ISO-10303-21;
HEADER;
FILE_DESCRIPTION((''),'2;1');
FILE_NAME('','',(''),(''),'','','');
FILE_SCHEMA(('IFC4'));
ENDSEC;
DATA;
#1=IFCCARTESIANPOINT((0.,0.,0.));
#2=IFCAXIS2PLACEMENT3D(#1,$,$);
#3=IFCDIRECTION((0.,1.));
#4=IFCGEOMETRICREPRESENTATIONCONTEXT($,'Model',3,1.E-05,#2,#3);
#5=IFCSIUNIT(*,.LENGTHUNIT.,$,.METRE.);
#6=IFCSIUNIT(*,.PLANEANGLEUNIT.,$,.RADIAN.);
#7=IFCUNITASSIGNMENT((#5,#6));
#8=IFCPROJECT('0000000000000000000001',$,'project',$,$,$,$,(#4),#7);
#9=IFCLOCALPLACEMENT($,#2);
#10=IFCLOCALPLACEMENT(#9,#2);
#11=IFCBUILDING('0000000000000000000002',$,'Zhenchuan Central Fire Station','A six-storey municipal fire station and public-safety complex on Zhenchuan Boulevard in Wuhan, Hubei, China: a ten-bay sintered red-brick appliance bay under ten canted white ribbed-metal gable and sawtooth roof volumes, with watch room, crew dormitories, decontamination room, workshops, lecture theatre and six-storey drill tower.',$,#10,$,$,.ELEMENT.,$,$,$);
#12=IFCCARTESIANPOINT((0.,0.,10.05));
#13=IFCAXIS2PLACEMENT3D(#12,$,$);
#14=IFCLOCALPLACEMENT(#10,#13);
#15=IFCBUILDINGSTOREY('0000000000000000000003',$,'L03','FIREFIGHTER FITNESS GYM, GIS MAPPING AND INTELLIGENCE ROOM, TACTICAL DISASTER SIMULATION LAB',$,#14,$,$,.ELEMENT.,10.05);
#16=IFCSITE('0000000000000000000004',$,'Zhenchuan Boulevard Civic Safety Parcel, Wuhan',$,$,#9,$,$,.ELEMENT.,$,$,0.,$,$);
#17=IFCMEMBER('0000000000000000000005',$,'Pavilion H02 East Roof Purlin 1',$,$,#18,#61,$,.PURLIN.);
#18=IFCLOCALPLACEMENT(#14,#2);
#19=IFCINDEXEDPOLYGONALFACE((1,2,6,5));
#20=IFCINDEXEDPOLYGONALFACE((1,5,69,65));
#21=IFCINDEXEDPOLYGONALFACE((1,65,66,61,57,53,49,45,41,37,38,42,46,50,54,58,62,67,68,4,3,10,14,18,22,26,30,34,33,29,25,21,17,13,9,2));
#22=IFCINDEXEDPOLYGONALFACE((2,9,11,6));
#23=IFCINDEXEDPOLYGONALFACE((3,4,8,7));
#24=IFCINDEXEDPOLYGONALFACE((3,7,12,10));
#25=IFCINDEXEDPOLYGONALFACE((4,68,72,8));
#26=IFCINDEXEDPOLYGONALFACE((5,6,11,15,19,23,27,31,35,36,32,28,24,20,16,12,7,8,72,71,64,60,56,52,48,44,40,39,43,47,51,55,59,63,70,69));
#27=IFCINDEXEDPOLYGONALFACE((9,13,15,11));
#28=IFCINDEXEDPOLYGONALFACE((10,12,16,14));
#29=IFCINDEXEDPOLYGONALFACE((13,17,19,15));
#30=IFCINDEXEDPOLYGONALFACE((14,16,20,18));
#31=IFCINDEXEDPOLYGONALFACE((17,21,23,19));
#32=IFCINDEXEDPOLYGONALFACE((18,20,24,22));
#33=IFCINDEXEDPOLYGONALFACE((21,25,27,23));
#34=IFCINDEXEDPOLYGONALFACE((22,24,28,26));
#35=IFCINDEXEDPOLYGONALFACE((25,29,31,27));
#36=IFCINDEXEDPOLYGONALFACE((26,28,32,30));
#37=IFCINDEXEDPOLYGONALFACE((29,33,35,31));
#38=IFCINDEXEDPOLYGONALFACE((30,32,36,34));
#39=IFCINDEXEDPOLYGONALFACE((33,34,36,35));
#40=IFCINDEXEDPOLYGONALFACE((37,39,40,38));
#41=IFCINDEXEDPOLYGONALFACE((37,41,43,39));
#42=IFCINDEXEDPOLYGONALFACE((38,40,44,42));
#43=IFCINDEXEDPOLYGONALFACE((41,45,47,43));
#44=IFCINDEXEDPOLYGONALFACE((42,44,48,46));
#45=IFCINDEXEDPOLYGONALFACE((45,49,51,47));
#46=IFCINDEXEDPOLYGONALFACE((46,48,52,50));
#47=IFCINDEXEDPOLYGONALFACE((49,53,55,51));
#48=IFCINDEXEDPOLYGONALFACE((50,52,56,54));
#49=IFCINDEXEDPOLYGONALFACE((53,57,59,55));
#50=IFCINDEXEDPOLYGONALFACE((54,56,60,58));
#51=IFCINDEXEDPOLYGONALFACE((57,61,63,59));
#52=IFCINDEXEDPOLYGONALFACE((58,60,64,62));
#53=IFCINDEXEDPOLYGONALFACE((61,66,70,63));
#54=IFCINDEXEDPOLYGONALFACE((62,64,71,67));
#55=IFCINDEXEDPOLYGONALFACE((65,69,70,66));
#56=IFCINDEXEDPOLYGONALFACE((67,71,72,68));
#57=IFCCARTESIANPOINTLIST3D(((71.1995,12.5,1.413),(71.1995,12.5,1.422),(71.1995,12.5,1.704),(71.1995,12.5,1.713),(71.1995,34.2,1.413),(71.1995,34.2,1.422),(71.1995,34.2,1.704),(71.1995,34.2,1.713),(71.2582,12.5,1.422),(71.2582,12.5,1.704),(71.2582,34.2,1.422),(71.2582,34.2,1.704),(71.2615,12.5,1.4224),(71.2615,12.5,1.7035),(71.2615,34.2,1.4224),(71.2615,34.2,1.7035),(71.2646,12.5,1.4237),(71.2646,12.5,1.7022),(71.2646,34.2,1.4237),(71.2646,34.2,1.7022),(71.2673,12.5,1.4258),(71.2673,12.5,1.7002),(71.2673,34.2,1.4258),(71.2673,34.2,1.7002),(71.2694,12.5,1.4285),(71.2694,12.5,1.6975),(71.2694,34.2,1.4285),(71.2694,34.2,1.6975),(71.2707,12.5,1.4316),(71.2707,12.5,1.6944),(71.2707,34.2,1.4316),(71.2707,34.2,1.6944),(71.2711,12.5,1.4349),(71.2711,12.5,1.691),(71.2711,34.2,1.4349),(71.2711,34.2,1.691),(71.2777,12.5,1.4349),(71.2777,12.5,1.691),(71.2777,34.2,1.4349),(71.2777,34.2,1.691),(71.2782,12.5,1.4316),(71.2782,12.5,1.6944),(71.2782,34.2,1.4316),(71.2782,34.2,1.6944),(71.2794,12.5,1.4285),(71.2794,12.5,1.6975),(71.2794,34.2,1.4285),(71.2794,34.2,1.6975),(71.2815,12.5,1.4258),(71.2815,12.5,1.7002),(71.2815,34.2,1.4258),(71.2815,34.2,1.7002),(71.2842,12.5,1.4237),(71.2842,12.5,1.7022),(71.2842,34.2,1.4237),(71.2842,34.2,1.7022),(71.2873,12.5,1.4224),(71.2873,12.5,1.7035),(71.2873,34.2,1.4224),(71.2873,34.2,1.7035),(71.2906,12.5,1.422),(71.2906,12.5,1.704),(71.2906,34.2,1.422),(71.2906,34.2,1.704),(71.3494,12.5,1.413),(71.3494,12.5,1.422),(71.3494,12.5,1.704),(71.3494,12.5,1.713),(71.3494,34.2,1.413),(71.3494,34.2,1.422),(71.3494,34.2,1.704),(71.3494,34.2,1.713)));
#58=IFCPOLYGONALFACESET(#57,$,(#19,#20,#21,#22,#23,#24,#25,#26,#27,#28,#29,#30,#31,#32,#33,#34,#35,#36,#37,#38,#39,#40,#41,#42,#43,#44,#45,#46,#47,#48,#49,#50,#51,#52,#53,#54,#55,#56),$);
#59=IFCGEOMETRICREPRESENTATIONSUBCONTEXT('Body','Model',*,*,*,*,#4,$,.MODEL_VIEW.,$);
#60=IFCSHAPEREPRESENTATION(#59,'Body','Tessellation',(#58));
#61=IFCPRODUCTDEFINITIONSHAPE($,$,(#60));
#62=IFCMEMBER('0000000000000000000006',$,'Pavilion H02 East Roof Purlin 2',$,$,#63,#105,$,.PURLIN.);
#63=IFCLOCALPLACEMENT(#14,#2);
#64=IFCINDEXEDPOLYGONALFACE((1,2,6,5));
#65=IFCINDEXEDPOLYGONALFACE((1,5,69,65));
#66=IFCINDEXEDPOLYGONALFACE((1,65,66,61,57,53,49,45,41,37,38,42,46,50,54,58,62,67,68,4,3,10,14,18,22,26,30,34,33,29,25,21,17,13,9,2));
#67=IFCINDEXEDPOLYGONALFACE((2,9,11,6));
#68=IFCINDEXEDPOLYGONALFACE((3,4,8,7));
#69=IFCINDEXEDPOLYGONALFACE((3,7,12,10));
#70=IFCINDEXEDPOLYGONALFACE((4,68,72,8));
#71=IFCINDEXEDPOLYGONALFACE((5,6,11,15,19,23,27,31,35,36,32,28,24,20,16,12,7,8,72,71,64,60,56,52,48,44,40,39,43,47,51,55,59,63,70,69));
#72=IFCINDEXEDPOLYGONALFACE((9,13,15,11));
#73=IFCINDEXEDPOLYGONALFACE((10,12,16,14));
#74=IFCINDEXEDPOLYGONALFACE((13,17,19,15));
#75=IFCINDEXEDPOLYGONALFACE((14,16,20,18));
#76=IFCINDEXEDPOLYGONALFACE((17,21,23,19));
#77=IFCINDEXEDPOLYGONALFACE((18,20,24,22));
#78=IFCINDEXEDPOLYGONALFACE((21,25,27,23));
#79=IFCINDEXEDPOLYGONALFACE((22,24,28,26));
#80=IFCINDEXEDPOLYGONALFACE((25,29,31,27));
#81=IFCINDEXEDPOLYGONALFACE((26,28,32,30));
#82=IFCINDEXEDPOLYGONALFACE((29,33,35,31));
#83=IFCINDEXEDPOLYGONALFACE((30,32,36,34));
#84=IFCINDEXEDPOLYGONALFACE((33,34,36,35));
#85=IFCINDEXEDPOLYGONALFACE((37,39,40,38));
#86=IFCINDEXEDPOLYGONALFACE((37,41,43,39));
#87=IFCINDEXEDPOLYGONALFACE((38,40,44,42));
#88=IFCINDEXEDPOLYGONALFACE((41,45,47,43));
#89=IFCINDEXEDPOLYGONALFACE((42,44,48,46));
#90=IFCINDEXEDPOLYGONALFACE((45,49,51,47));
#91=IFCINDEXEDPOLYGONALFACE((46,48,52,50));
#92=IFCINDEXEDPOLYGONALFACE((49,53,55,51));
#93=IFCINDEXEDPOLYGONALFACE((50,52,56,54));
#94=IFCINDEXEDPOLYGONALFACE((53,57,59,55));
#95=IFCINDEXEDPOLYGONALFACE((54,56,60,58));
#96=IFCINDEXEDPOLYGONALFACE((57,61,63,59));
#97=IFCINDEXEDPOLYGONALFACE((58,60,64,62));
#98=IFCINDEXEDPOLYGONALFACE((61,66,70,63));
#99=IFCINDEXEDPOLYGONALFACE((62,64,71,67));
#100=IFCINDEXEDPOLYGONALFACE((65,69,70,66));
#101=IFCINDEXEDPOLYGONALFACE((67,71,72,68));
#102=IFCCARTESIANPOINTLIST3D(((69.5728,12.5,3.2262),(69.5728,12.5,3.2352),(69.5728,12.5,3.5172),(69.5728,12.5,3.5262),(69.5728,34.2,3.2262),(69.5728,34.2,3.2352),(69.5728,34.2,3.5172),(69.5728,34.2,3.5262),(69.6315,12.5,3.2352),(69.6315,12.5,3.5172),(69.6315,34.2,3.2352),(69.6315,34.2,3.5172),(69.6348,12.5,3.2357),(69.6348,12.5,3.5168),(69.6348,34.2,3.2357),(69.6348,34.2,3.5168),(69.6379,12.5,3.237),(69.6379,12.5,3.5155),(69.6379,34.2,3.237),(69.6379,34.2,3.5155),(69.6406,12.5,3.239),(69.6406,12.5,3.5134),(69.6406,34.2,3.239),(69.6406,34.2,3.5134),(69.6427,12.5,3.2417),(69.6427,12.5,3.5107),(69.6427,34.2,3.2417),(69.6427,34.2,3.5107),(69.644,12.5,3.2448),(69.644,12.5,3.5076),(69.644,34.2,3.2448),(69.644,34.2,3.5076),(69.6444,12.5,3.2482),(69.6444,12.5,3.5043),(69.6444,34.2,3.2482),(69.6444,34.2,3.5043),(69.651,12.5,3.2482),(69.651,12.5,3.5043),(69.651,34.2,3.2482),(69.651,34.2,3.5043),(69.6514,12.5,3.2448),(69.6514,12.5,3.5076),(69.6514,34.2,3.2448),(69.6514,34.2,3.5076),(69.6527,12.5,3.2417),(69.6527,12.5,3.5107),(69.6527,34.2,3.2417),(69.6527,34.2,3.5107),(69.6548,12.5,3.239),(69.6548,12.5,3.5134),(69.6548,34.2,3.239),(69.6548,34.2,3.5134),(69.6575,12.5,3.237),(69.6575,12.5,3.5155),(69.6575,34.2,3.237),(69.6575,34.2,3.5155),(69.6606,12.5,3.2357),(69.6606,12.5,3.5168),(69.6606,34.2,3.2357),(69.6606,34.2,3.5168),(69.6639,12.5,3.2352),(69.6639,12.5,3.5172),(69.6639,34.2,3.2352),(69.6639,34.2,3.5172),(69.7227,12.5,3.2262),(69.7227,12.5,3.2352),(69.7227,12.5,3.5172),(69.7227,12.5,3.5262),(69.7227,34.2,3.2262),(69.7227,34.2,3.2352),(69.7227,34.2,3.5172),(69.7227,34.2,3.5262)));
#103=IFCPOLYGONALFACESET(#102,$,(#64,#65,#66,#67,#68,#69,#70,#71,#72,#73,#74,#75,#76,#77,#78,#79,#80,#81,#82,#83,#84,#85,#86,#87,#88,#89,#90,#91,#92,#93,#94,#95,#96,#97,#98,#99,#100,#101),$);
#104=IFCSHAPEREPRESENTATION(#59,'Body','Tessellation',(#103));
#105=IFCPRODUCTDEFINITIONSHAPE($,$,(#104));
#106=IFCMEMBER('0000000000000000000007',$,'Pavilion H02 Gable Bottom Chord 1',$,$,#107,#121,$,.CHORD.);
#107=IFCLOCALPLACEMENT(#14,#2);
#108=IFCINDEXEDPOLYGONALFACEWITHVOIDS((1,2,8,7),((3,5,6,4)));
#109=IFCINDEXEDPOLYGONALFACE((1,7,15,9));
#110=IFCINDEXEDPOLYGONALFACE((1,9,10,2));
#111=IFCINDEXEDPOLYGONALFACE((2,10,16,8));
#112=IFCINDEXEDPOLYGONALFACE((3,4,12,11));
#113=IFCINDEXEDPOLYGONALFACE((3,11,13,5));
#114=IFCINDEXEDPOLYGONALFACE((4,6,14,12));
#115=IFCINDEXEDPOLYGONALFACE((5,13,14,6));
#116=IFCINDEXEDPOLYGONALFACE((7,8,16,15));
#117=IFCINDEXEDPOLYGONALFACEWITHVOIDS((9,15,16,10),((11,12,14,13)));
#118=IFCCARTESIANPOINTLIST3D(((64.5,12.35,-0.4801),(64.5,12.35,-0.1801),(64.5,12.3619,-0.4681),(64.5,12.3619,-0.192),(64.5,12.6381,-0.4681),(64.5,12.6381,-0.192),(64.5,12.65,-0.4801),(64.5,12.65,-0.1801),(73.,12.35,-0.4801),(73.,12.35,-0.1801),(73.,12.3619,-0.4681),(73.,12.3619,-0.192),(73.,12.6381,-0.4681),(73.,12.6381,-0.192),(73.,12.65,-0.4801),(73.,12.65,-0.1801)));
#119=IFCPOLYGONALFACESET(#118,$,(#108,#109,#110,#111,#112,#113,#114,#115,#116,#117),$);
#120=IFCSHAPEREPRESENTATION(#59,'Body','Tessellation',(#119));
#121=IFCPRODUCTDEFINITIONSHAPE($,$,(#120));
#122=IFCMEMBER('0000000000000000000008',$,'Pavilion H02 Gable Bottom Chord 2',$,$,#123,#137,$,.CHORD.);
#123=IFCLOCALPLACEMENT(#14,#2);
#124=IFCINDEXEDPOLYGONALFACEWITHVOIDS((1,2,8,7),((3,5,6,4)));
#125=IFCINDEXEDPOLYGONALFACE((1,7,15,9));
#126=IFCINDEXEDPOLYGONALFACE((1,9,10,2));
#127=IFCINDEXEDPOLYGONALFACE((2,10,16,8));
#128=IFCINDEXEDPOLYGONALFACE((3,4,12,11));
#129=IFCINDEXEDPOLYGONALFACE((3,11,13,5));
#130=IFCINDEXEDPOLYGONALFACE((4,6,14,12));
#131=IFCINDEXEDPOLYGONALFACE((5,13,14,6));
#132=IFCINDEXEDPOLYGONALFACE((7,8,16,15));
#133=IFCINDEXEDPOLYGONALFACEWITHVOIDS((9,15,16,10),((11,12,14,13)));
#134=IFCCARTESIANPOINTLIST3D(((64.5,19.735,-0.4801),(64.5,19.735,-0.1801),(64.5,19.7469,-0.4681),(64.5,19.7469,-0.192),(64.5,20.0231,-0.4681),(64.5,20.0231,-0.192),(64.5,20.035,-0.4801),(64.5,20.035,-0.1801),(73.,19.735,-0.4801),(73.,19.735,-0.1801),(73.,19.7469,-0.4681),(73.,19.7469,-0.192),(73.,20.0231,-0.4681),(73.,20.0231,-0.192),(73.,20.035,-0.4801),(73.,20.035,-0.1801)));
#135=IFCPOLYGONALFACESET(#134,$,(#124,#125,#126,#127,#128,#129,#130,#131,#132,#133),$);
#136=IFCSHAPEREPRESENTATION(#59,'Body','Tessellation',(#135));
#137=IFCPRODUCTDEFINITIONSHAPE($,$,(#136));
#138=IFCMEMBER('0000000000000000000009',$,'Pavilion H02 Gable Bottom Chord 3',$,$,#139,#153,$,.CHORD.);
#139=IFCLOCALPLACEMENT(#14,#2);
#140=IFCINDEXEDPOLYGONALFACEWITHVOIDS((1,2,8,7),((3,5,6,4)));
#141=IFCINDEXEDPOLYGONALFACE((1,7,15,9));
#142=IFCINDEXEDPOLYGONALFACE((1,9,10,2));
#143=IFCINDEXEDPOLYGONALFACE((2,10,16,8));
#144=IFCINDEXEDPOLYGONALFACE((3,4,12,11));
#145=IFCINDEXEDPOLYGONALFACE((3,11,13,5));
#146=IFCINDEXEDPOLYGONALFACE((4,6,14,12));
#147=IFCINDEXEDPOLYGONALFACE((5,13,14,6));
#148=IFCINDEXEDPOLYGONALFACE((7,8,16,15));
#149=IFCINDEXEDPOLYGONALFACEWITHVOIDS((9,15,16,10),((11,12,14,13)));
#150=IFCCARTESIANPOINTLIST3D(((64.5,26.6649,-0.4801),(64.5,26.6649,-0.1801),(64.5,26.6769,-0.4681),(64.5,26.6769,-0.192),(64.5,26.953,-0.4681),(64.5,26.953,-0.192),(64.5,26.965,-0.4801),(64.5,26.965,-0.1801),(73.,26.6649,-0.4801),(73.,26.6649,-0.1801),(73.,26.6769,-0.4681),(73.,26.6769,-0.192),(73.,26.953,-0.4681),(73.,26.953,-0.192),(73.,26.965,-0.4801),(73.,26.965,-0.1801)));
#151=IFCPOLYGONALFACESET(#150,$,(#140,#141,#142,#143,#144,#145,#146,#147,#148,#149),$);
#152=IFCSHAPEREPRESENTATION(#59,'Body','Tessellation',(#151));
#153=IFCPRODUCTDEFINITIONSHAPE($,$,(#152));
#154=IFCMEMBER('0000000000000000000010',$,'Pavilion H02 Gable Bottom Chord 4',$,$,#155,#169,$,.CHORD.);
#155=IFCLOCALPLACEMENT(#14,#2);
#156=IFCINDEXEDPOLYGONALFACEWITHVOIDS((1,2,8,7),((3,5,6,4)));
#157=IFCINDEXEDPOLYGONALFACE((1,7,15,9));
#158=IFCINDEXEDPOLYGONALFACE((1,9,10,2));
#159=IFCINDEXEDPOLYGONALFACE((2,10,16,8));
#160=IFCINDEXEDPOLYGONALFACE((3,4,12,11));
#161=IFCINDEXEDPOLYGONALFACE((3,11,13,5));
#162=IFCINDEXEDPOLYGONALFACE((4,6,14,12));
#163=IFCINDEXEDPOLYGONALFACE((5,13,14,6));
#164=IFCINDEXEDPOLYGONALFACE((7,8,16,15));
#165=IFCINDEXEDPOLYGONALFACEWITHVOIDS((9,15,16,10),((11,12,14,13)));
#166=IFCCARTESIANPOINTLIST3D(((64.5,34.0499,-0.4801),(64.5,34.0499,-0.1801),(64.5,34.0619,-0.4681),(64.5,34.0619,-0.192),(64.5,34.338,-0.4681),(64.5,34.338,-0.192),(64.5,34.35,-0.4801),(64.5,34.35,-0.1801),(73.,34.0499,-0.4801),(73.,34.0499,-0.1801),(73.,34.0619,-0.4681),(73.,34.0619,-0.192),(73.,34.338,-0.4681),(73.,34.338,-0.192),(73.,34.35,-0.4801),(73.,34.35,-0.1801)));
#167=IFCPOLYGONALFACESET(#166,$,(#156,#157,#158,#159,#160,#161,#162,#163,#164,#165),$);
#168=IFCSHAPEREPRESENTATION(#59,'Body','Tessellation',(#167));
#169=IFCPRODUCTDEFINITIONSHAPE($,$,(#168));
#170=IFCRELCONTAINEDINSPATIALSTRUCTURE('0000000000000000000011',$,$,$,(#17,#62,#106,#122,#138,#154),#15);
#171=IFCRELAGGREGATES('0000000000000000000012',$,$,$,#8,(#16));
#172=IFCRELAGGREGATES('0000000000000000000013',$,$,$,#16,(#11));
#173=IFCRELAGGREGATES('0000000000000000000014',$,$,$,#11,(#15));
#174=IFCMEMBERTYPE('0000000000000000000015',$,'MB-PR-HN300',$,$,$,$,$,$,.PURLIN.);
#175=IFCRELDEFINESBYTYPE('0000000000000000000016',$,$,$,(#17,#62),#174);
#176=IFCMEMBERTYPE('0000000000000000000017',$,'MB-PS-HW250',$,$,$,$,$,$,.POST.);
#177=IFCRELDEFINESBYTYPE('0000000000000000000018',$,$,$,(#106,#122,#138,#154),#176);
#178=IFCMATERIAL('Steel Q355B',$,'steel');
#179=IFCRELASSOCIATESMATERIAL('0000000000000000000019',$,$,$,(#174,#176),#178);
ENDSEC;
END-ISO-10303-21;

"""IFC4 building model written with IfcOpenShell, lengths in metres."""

from ifc_helpers import new_model, si_unit, direction, frame, origin, origin_2d, place, context, subcontext, project, spatial, hollow_rectangle, i_section, extrude, material, material_profile, profile_set, type_object, element, save


model = new_model("IFC4")

# Units and contexts
model_context = context("Model", 3, precision=1e-05, world=origin(), true_north=direction((0.0, 1.0)))
body_context = subcontext(model_context, "Body", "Model", "MODEL_VIEW")
ifc_project = project(units=[si_unit("LENGTHUNIT", "METRE"), si_unit("PLANEANGLEUNIT", "RADIAN")], contexts=[model_context])

# Site, building, storey
site_placement = place(None, origin())
site = spatial("IfcSite", under=ifc_project, at=site_placement, Name="Zhenchuan Boulevard Civic Safety Parcel, Wuhan", CompositionType="ELEMENT", RefElevation=0.0)
building_placement = place(site_placement, origin())
building = spatial("IfcBuilding", under=site, at=building_placement, Name="Zhenchuan Central Fire Station", Description="A six-storey municipal fire station and public-safety complex on Zhenchuan Boulevard in Wuhan, Hubei, China: a ten-bay sintered red-brick appliance bay under ten canted white ribbed-metal gable and sawtooth roof volumes, with watch room, crew dormitories, decontamination room, workshops, lecture theatre and six-storey drill tower.", CompositionType="ELEMENT")
storey_placement = place(building_placement, frame((0.0, 0.0, 10.05)))
storey = spatial("IfcBuildingStorey", under=building, at=storey_placement, Name="L03", Description="FIREFIGHTER FITNESS GYM, GIS MAPPING AND INTELLIGENCE ROOM, TACTICAL DISASTER SIMULATION LAB", CompositionType="ELEMENT", Elevation=10.05)

# Members
ifc_material_1 = material(Name="Steel Q355B", Category="steel")
ifc_material_profile_1 = material_profile(ifc_material_1, i_section(OverallWidth=0.1499, OverallDepth=0.3, WebThickness=0.0066, FlangeThickness=0.009, FilletRadius=0.0129, at=origin_2d()), Name="HN 300x150")
ifc_profile_set_1 = profile_set([ifc_material_profile_1], Name="Steel Q355B")
member_type_1 = type_object("IfcMemberType", Name="MB-PR-HN300", PredefinedType="PURLIN", material=ifc_profile_set_1)
for number, where, z_axis, x_axis, name in (
    (1, (71.2744, 12.5, 1.563), (0.0, 1.0, 0.0), (-1.0, 0.0, 0.0), "Pavilion H02 East Roof Purlin 1"),
    (2, (69.6477, 12.5, 3.3762), (0.0, 1.0, 0.0), (-1.0, 0.0, 0.0), "Pavilion H02 East Roof Purlin 2"),
):
    element("IfcMember", number, at=place(storey_placement, frame(where, z_axis=z_axis, x_axis=x_axis)), inside=storey, type_object=member_type_1, Name=name, PredefinedType="PURLIN", context=body_context, shape_type="SweptSolid", body=[
        extrude(i_section(OverallWidth=0.1499, OverallDepth=0.3, WebThickness=0.0066, FlangeThickness=0.009, FilletRadius=0.0129, at=origin_2d()), origin(), (0.0, 0.0, 1.0), 21.7),
    ])
ifc_material_profile_2 = material_profile(ifc_material_1, hollow_rectangle(XDim=0.3, YDim=0.3, WallThickness=0.012, at=origin_2d()), Name="SHS 300x300x12")
ifc_profile_set_2 = profile_set([ifc_material_profile_2], Name="Steel Q355B")
member_type_2 = type_object("IfcMemberType", Name="MB-PS-HW250", PredefinedType="POST", material=ifc_profile_set_2)
for number, where, z_axis, x_axis, name in (
    (3, (64.5, 12.5, -0.3301), (1.0, 0.0, 0.0), (0.0, 1.0, 0.0), "Pavilion H02 Gable Bottom Chord 1"),
    (4, (64.5, 19.885, -0.3301), (1.0, 0.0, 0.0), (0.0, 1.0, 0.0), "Pavilion H02 Gable Bottom Chord 2"),
    (5, (64.5, 26.8149, -0.3301), (1.0, 0.0, 0.0), (0.0, 1.0, 0.0), "Pavilion H02 Gable Bottom Chord 3"),
    (6, (64.5, 34.2, -0.3301), (1.0, 0.0, 0.0), (0.0, 1.0, 0.0), "Pavilion H02 Gable Bottom Chord 4"),
):
    element("IfcMember", number, at=place(storey_placement, frame(where, z_axis=z_axis, x_axis=x_axis)), inside=storey, type_object=member_type_2, Name=name, PredefinedType="CHORD", context=body_context, shape_type="SweptSolid", body=[
        extrude(hollow_rectangle(XDim=0.3, YDim=0.3, WallThickness=0.012, at=origin_2d()), origin(), (0.0, 0.0, 1.0), 8.5),
    ])

save(model, "model.ifc")
